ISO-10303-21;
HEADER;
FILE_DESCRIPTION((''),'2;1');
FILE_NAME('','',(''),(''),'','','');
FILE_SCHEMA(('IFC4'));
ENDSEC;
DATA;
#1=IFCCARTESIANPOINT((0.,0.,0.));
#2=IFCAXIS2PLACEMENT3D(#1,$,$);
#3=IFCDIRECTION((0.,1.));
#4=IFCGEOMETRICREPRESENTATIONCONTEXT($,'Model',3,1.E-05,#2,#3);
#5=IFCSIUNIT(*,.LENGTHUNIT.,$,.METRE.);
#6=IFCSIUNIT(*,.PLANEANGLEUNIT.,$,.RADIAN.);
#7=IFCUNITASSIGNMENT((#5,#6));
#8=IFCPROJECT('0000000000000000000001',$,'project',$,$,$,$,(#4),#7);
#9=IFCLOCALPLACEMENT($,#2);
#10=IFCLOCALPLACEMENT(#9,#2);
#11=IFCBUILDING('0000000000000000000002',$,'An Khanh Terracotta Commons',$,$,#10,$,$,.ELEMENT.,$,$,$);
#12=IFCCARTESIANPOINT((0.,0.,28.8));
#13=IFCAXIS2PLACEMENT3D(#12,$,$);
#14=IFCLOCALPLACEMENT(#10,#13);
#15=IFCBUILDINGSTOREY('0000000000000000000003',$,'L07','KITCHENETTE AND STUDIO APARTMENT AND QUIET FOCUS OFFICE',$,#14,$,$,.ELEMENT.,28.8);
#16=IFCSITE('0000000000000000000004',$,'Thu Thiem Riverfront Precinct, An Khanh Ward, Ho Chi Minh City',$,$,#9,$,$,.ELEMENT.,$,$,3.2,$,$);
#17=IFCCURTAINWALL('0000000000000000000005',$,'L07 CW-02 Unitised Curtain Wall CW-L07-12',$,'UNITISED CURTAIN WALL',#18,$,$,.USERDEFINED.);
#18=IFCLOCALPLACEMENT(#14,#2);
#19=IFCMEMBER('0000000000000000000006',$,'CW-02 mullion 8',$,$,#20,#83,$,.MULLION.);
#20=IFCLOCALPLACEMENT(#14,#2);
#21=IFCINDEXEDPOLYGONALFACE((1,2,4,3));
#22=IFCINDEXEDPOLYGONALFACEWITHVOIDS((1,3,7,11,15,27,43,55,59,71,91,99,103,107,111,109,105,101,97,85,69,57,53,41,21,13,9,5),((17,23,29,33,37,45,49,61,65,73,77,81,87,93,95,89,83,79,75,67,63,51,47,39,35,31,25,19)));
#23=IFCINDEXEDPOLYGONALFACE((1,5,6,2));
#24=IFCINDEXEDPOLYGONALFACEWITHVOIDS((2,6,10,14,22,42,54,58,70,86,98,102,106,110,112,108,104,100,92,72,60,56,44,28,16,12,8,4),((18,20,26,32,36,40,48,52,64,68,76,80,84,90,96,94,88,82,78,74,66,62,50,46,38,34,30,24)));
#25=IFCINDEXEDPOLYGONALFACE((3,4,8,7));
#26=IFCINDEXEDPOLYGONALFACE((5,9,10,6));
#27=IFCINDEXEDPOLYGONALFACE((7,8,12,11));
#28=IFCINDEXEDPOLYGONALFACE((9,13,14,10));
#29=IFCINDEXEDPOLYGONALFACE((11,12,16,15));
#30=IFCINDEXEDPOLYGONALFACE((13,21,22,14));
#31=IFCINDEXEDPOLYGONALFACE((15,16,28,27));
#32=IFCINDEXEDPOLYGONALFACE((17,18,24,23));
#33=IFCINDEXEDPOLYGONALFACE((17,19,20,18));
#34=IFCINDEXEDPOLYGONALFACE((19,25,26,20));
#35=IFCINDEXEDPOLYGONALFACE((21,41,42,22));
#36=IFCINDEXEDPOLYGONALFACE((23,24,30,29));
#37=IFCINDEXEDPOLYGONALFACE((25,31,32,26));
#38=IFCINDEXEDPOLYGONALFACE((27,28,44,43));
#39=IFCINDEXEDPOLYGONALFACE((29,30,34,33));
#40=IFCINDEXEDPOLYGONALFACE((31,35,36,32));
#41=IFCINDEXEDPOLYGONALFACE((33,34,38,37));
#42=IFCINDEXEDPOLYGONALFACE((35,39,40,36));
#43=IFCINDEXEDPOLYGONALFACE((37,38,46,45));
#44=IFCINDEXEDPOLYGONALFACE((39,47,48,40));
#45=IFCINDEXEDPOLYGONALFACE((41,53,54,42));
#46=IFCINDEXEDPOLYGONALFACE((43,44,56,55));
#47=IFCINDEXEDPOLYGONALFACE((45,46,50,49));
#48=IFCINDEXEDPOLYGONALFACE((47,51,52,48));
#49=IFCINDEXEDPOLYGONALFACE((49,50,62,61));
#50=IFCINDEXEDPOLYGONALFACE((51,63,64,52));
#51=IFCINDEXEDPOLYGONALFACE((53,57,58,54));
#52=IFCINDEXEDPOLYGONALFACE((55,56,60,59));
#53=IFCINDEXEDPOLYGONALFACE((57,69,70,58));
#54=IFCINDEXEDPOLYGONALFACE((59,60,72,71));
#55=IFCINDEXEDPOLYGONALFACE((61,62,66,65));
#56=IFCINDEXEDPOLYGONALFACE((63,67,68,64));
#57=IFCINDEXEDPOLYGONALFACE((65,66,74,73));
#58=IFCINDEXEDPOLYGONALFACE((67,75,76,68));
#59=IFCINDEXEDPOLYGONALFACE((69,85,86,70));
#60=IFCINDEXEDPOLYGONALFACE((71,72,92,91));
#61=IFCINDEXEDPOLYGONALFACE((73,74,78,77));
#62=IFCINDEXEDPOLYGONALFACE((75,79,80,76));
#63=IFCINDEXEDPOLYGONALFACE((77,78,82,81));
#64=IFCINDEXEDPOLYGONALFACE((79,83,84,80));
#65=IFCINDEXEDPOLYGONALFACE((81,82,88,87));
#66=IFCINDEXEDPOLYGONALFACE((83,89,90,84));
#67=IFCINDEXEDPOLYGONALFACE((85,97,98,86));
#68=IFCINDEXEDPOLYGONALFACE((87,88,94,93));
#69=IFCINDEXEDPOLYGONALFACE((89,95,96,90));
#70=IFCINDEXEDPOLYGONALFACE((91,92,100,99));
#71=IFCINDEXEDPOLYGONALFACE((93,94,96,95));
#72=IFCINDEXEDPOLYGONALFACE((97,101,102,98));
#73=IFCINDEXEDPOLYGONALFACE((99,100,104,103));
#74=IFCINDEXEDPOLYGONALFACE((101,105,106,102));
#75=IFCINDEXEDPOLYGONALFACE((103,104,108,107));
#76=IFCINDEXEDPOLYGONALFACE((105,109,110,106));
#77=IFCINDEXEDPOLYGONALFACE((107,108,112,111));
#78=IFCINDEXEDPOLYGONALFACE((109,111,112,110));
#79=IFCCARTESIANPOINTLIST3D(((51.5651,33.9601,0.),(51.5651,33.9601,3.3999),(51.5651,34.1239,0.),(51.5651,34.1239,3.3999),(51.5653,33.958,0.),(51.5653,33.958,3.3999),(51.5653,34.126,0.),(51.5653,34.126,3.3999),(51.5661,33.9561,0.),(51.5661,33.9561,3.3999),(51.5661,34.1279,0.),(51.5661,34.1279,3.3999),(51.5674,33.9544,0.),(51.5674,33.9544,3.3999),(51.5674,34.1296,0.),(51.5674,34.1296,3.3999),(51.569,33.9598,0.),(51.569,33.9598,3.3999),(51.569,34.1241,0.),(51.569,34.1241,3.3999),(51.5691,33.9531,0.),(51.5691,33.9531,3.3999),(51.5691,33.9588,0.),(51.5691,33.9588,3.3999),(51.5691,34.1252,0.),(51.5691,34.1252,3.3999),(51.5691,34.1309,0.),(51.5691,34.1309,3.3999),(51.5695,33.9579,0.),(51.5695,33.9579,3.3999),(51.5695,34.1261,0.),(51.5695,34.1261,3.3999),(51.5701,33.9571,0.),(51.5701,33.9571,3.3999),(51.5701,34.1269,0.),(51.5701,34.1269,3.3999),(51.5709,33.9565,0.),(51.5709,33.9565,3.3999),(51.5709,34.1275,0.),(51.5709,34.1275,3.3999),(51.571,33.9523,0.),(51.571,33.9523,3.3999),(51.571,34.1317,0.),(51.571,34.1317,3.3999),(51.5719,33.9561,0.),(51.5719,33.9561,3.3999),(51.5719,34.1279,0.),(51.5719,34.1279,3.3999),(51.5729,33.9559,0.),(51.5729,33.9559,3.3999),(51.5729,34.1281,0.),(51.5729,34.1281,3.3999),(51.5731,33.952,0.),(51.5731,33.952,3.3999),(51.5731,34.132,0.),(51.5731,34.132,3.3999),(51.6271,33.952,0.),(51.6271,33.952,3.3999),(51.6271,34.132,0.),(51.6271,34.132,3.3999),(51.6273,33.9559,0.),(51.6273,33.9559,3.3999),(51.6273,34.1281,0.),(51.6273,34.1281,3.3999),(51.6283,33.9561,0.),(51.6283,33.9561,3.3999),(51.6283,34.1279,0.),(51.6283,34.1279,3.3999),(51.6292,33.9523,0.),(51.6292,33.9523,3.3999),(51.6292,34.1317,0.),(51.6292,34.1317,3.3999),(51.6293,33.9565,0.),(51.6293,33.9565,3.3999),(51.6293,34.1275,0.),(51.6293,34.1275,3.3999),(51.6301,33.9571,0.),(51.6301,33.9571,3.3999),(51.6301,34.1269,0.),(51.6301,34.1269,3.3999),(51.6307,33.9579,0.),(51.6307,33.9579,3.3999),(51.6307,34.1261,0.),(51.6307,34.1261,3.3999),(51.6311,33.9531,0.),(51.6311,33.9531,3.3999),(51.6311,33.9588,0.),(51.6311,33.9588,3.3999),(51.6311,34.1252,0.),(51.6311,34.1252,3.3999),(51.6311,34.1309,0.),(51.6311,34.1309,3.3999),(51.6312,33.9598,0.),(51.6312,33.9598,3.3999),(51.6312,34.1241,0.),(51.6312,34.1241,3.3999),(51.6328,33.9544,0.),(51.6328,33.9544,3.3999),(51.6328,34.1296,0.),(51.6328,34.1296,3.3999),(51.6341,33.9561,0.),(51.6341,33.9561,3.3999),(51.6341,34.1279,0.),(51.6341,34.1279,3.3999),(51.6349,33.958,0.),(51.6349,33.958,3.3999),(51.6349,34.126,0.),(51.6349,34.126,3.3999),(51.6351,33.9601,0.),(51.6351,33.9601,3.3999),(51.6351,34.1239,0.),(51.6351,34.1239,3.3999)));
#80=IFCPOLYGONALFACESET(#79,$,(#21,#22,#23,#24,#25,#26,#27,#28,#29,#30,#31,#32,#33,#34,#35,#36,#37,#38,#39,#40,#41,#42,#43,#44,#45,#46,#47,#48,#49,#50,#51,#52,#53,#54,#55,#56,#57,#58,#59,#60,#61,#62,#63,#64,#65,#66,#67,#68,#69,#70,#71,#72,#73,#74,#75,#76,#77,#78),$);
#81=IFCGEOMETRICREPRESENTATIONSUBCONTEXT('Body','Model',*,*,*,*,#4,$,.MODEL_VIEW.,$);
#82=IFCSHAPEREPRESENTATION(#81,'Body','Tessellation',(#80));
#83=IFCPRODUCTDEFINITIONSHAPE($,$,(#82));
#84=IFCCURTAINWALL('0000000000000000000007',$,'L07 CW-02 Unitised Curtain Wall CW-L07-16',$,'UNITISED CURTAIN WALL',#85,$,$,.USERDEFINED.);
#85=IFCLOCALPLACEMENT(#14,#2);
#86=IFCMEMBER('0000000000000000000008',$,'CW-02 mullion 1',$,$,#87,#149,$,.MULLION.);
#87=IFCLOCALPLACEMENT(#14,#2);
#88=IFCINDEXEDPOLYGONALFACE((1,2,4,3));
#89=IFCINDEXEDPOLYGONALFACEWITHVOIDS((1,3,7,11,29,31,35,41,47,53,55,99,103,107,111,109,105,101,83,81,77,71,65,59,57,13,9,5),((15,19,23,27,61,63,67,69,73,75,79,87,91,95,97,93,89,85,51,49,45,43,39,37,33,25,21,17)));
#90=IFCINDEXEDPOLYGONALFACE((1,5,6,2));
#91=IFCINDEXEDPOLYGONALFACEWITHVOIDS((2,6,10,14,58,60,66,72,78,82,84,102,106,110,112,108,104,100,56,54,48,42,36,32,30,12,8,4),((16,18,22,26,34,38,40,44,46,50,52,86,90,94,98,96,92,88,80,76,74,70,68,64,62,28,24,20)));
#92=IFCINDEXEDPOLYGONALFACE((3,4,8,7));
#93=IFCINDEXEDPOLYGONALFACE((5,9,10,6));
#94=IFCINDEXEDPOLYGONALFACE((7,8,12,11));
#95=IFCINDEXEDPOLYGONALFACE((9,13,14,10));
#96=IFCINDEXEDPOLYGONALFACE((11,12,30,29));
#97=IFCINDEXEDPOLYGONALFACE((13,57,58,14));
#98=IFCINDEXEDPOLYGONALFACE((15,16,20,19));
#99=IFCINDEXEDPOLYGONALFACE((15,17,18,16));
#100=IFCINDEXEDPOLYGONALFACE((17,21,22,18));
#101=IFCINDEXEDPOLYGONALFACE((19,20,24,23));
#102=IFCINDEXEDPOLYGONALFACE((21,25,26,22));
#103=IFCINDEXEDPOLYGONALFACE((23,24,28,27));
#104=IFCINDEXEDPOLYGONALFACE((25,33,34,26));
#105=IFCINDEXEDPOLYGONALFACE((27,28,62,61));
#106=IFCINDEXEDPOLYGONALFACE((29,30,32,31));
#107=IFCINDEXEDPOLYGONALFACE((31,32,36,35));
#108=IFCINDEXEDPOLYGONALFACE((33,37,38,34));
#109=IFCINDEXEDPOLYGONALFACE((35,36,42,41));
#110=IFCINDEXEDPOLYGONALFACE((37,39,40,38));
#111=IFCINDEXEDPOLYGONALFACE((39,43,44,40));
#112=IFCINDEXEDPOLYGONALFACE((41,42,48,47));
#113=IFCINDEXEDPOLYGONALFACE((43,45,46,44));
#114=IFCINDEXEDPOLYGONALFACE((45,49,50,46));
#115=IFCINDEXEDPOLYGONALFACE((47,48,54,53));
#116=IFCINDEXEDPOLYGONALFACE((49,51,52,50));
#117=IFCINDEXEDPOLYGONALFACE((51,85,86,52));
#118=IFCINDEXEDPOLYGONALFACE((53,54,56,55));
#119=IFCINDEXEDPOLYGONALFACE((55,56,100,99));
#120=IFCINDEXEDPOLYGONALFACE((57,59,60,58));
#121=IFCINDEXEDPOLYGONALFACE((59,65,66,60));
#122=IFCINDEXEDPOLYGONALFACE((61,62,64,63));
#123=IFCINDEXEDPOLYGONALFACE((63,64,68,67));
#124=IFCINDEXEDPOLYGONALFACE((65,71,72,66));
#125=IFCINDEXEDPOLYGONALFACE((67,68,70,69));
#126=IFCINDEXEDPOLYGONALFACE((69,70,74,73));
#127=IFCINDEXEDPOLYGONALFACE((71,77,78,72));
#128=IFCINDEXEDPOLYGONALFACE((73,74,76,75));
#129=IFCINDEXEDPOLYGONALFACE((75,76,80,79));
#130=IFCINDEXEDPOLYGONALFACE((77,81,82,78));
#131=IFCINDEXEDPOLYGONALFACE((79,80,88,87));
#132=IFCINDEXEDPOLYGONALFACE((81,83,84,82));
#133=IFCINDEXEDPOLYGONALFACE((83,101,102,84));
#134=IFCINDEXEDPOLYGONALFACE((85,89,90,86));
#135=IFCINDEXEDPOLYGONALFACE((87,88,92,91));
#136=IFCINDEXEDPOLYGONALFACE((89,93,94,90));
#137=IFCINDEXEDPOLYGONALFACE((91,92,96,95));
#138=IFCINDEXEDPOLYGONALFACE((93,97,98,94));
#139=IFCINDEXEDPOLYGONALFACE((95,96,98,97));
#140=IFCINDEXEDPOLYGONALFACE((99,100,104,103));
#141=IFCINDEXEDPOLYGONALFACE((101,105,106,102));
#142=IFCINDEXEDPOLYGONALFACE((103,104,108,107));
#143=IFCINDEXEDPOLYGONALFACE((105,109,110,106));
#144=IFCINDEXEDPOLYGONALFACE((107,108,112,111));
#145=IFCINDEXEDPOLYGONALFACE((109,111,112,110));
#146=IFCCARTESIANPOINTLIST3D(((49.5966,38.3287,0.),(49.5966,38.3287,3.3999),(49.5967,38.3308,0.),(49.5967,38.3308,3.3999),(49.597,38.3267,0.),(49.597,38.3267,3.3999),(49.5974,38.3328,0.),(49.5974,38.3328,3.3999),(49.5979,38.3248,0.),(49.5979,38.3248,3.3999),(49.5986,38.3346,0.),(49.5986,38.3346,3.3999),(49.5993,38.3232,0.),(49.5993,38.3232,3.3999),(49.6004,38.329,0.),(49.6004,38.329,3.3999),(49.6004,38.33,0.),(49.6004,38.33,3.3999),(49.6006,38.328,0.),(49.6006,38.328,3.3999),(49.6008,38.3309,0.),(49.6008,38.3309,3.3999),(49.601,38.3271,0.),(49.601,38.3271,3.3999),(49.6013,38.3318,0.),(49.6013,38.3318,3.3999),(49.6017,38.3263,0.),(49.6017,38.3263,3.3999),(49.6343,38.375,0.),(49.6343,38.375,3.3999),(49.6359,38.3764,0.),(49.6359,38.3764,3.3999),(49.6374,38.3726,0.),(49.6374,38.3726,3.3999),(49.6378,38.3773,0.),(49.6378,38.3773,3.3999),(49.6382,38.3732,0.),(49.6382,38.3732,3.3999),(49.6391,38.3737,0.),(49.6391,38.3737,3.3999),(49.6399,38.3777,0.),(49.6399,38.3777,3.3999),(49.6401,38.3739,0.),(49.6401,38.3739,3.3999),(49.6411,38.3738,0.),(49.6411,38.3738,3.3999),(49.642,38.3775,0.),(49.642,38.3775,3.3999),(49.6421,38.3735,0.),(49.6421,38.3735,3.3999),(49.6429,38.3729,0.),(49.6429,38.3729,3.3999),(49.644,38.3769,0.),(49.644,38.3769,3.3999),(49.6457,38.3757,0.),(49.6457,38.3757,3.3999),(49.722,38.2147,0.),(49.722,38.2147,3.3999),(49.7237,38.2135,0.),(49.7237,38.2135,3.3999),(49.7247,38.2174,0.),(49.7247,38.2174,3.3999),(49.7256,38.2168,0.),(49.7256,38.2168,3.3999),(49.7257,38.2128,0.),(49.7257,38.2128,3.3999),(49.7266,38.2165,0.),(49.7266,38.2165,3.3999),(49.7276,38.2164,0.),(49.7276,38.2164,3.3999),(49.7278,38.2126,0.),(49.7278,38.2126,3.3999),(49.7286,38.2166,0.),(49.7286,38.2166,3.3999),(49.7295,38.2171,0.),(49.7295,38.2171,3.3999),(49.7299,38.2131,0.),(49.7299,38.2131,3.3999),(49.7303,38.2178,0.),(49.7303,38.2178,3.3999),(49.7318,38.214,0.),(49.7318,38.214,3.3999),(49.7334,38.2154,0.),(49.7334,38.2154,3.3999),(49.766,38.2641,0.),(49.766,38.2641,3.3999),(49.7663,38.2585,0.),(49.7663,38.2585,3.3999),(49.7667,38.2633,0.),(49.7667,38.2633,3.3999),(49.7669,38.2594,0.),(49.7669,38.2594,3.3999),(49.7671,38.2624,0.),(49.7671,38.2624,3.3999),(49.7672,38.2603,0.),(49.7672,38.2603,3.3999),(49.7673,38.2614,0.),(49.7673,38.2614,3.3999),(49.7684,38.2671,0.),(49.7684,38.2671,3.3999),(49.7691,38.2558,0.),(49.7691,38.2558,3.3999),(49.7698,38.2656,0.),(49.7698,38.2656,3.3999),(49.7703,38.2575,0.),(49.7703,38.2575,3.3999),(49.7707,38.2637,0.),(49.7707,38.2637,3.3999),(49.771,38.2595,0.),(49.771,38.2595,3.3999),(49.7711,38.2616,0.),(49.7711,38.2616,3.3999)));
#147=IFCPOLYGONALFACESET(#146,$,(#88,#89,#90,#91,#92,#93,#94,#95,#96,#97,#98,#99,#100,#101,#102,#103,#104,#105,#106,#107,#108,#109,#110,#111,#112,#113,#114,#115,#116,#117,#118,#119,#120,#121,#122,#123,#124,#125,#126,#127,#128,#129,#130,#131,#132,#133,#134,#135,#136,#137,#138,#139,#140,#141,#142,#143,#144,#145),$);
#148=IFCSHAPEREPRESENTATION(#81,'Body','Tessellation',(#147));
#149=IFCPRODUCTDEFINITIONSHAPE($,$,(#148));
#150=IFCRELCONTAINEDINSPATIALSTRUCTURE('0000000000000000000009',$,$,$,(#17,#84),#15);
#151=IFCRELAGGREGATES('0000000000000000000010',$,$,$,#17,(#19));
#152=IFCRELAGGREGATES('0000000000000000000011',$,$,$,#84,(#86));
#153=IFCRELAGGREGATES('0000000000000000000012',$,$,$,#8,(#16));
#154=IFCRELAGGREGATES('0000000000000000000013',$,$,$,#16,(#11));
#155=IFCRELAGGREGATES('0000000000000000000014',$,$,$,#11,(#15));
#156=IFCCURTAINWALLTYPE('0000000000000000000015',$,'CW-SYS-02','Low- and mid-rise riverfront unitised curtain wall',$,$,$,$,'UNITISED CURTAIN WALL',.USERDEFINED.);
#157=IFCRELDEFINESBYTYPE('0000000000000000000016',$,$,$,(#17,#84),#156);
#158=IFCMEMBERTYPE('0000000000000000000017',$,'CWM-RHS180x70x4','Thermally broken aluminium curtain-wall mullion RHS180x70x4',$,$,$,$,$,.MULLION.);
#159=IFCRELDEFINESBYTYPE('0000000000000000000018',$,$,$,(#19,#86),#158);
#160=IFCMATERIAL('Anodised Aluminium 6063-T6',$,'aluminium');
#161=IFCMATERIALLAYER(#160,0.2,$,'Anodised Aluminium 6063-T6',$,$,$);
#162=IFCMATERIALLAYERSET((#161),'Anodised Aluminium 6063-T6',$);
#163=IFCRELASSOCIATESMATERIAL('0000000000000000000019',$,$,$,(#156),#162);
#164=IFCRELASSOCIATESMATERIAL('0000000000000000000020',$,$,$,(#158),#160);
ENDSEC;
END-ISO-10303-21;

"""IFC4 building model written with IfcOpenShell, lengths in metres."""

from ifc_helpers import new_model, si_unit, direction, frame, origin, origin_2d, place, context, subcontext, project, spatial, hollow_rectangle, extrude, material, layer, layer_set, material_profile, profile_set, type_object, element, aggregate, save


model = new_model("IFC4")

# Units and contexts
model_context = context("Model", 3, precision=1e-05, world=origin(), true_north=direction((0.0, 1.0)))
body_context = subcontext(model_context, "Body", "Model", "MODEL_VIEW")
ifc_project = project(units=[si_unit("LENGTHUNIT", "METRE"), si_unit("PLANEANGLEUNIT", "RADIAN")], contexts=[model_context])

# Site, building, storey
site_placement = place(None, origin())
site = spatial("IfcSite", under=ifc_project, at=site_placement, Name="Thu Thiem Riverfront Precinct, An Khanh Ward, Ho Chi Minh City", CompositionType="ELEMENT", RefElevation=3.2)
building_placement = place(site_placement, origin())
building = spatial("IfcBuilding", under=site, at=building_placement, Name="An Khanh Terracotta Commons", CompositionType="ELEMENT")
storey_placement = place(building_placement, frame((0.0, 0.0, 28.8)))
storey = spatial("IfcBuildingStorey", under=building, at=storey_placement, Name="L07", Description="KITCHENETTE AND STUDIO APARTMENT AND QUIET FOCUS OFFICE", CompositionType="ELEMENT", Elevation=28.8)

# Curtain wall, member
ifc_material_1 = material(Name="Anodised Aluminium 6063-T6", Category="aluminium")
ifc_layer_1 = layer(ifc_material_1, 0.2, Name="Anodised Aluminium 6063-T6")
ifc_layer_set_1 = layer_set([ifc_layer_1], Name="Anodised Aluminium 6063-T6")
curtain_wall_type = type_object("IfcCurtainWallType", Name="CW-SYS-02", Description="Low- and mid-rise riverfront unitised curtain wall", ElementType="UNITISED CURTAIN WALL", PredefinedType="USERDEFINED", material=ifc_layer_set_1)
curtain_wall_1_placement = place(storey_placement, origin())
curtain_wall_1 = element("IfcCurtainWall", 1, at=curtain_wall_1_placement, inside=storey, type_object=curtain_wall_type, Name="L07 CW-02 Unitised Curtain Wall CW-L07-12", ObjectType="UNITISED CURTAIN WALL", PredefinedType="USERDEFINED")
ifc_material_profile_1 = material_profile(ifc_material_1, hollow_rectangle(XDim=0.0701, YDim=0.1799, WallThickness=0.0039, InnerFilletRadius=0.0039, OuterFilletRadius=0.0081, at=origin_2d()), Name="RHS180x70x4")
ifc_profile_set_1 = profile_set([ifc_material_profile_1], Name="Anodised Aluminium 6063-T6")
member_type_1 = type_object("IfcMemberType", Name="CWM-RHS180x70x4", Description="Thermally broken aluminium curtain-wall mullion RHS180x70x4", PredefinedType="MULLION", material=ifc_profile_set_1)
member_1_placement = place(storey_placement, frame((51.6001, 34.042, 0.0), z_axis=(0.0, 0.0, 1.0), x_axis=(-1.0, 0.0, 0.0)))
member_1 = element("IfcMember", 2, at=member_1_placement, type_object=member_type_1, Name="CW-02 mullion 8", PredefinedType="MULLION", context=body_context, shape_type="SweptSolid", body=[
    extrude(hollow_rectangle(XDim=0.0701, YDim=0.1799, WallThickness=0.0039, InnerFilletRadius=0.0039, OuterFilletRadius=0.0081, at=origin_2d()), origin(), (0.0, 0.0, 1.0), 3.3999),
])
aggregate(curtain_wall_1, [member_1])

# Curtain wall, member
curtain_wall_2_placement = place(storey_placement, origin())
curtain_wall_2 = element("IfcCurtainWall", 3, at=curtain_wall_2_placement, inside=storey, type_object=curtain_wall_type, Name="L07 CW-02 Unitised Curtain Wall CW-L07-16", ObjectType="UNITISED CURTAIN WALL", PredefinedType="USERDEFINED")
member_2_placement = place(storey_placement, frame((49.6838, 38.2952, 0.0), z_axis=(0.0, 0.0, 1.0), x_axis=(-0.662548, -0.749019, 0.0)))
member_2 = element("IfcMember", 4, at=member_2_placement, type_object=member_type_1, Name="CW-02 mullion 1", PredefinedType="MULLION", context=body_context, shape_type="SweptSolid", body=[
    extrude(hollow_rectangle(XDim=0.0701, YDim=0.1799, WallThickness=0.0039, InnerFilletRadius=0.0039, OuterFilletRadius=0.0081, at=origin_2d()), origin(), (0.0, 0.0, 1.0), 3.3999),
])
aggregate(curtain_wall_2, [member_2])

save(model, "model.ifc")
